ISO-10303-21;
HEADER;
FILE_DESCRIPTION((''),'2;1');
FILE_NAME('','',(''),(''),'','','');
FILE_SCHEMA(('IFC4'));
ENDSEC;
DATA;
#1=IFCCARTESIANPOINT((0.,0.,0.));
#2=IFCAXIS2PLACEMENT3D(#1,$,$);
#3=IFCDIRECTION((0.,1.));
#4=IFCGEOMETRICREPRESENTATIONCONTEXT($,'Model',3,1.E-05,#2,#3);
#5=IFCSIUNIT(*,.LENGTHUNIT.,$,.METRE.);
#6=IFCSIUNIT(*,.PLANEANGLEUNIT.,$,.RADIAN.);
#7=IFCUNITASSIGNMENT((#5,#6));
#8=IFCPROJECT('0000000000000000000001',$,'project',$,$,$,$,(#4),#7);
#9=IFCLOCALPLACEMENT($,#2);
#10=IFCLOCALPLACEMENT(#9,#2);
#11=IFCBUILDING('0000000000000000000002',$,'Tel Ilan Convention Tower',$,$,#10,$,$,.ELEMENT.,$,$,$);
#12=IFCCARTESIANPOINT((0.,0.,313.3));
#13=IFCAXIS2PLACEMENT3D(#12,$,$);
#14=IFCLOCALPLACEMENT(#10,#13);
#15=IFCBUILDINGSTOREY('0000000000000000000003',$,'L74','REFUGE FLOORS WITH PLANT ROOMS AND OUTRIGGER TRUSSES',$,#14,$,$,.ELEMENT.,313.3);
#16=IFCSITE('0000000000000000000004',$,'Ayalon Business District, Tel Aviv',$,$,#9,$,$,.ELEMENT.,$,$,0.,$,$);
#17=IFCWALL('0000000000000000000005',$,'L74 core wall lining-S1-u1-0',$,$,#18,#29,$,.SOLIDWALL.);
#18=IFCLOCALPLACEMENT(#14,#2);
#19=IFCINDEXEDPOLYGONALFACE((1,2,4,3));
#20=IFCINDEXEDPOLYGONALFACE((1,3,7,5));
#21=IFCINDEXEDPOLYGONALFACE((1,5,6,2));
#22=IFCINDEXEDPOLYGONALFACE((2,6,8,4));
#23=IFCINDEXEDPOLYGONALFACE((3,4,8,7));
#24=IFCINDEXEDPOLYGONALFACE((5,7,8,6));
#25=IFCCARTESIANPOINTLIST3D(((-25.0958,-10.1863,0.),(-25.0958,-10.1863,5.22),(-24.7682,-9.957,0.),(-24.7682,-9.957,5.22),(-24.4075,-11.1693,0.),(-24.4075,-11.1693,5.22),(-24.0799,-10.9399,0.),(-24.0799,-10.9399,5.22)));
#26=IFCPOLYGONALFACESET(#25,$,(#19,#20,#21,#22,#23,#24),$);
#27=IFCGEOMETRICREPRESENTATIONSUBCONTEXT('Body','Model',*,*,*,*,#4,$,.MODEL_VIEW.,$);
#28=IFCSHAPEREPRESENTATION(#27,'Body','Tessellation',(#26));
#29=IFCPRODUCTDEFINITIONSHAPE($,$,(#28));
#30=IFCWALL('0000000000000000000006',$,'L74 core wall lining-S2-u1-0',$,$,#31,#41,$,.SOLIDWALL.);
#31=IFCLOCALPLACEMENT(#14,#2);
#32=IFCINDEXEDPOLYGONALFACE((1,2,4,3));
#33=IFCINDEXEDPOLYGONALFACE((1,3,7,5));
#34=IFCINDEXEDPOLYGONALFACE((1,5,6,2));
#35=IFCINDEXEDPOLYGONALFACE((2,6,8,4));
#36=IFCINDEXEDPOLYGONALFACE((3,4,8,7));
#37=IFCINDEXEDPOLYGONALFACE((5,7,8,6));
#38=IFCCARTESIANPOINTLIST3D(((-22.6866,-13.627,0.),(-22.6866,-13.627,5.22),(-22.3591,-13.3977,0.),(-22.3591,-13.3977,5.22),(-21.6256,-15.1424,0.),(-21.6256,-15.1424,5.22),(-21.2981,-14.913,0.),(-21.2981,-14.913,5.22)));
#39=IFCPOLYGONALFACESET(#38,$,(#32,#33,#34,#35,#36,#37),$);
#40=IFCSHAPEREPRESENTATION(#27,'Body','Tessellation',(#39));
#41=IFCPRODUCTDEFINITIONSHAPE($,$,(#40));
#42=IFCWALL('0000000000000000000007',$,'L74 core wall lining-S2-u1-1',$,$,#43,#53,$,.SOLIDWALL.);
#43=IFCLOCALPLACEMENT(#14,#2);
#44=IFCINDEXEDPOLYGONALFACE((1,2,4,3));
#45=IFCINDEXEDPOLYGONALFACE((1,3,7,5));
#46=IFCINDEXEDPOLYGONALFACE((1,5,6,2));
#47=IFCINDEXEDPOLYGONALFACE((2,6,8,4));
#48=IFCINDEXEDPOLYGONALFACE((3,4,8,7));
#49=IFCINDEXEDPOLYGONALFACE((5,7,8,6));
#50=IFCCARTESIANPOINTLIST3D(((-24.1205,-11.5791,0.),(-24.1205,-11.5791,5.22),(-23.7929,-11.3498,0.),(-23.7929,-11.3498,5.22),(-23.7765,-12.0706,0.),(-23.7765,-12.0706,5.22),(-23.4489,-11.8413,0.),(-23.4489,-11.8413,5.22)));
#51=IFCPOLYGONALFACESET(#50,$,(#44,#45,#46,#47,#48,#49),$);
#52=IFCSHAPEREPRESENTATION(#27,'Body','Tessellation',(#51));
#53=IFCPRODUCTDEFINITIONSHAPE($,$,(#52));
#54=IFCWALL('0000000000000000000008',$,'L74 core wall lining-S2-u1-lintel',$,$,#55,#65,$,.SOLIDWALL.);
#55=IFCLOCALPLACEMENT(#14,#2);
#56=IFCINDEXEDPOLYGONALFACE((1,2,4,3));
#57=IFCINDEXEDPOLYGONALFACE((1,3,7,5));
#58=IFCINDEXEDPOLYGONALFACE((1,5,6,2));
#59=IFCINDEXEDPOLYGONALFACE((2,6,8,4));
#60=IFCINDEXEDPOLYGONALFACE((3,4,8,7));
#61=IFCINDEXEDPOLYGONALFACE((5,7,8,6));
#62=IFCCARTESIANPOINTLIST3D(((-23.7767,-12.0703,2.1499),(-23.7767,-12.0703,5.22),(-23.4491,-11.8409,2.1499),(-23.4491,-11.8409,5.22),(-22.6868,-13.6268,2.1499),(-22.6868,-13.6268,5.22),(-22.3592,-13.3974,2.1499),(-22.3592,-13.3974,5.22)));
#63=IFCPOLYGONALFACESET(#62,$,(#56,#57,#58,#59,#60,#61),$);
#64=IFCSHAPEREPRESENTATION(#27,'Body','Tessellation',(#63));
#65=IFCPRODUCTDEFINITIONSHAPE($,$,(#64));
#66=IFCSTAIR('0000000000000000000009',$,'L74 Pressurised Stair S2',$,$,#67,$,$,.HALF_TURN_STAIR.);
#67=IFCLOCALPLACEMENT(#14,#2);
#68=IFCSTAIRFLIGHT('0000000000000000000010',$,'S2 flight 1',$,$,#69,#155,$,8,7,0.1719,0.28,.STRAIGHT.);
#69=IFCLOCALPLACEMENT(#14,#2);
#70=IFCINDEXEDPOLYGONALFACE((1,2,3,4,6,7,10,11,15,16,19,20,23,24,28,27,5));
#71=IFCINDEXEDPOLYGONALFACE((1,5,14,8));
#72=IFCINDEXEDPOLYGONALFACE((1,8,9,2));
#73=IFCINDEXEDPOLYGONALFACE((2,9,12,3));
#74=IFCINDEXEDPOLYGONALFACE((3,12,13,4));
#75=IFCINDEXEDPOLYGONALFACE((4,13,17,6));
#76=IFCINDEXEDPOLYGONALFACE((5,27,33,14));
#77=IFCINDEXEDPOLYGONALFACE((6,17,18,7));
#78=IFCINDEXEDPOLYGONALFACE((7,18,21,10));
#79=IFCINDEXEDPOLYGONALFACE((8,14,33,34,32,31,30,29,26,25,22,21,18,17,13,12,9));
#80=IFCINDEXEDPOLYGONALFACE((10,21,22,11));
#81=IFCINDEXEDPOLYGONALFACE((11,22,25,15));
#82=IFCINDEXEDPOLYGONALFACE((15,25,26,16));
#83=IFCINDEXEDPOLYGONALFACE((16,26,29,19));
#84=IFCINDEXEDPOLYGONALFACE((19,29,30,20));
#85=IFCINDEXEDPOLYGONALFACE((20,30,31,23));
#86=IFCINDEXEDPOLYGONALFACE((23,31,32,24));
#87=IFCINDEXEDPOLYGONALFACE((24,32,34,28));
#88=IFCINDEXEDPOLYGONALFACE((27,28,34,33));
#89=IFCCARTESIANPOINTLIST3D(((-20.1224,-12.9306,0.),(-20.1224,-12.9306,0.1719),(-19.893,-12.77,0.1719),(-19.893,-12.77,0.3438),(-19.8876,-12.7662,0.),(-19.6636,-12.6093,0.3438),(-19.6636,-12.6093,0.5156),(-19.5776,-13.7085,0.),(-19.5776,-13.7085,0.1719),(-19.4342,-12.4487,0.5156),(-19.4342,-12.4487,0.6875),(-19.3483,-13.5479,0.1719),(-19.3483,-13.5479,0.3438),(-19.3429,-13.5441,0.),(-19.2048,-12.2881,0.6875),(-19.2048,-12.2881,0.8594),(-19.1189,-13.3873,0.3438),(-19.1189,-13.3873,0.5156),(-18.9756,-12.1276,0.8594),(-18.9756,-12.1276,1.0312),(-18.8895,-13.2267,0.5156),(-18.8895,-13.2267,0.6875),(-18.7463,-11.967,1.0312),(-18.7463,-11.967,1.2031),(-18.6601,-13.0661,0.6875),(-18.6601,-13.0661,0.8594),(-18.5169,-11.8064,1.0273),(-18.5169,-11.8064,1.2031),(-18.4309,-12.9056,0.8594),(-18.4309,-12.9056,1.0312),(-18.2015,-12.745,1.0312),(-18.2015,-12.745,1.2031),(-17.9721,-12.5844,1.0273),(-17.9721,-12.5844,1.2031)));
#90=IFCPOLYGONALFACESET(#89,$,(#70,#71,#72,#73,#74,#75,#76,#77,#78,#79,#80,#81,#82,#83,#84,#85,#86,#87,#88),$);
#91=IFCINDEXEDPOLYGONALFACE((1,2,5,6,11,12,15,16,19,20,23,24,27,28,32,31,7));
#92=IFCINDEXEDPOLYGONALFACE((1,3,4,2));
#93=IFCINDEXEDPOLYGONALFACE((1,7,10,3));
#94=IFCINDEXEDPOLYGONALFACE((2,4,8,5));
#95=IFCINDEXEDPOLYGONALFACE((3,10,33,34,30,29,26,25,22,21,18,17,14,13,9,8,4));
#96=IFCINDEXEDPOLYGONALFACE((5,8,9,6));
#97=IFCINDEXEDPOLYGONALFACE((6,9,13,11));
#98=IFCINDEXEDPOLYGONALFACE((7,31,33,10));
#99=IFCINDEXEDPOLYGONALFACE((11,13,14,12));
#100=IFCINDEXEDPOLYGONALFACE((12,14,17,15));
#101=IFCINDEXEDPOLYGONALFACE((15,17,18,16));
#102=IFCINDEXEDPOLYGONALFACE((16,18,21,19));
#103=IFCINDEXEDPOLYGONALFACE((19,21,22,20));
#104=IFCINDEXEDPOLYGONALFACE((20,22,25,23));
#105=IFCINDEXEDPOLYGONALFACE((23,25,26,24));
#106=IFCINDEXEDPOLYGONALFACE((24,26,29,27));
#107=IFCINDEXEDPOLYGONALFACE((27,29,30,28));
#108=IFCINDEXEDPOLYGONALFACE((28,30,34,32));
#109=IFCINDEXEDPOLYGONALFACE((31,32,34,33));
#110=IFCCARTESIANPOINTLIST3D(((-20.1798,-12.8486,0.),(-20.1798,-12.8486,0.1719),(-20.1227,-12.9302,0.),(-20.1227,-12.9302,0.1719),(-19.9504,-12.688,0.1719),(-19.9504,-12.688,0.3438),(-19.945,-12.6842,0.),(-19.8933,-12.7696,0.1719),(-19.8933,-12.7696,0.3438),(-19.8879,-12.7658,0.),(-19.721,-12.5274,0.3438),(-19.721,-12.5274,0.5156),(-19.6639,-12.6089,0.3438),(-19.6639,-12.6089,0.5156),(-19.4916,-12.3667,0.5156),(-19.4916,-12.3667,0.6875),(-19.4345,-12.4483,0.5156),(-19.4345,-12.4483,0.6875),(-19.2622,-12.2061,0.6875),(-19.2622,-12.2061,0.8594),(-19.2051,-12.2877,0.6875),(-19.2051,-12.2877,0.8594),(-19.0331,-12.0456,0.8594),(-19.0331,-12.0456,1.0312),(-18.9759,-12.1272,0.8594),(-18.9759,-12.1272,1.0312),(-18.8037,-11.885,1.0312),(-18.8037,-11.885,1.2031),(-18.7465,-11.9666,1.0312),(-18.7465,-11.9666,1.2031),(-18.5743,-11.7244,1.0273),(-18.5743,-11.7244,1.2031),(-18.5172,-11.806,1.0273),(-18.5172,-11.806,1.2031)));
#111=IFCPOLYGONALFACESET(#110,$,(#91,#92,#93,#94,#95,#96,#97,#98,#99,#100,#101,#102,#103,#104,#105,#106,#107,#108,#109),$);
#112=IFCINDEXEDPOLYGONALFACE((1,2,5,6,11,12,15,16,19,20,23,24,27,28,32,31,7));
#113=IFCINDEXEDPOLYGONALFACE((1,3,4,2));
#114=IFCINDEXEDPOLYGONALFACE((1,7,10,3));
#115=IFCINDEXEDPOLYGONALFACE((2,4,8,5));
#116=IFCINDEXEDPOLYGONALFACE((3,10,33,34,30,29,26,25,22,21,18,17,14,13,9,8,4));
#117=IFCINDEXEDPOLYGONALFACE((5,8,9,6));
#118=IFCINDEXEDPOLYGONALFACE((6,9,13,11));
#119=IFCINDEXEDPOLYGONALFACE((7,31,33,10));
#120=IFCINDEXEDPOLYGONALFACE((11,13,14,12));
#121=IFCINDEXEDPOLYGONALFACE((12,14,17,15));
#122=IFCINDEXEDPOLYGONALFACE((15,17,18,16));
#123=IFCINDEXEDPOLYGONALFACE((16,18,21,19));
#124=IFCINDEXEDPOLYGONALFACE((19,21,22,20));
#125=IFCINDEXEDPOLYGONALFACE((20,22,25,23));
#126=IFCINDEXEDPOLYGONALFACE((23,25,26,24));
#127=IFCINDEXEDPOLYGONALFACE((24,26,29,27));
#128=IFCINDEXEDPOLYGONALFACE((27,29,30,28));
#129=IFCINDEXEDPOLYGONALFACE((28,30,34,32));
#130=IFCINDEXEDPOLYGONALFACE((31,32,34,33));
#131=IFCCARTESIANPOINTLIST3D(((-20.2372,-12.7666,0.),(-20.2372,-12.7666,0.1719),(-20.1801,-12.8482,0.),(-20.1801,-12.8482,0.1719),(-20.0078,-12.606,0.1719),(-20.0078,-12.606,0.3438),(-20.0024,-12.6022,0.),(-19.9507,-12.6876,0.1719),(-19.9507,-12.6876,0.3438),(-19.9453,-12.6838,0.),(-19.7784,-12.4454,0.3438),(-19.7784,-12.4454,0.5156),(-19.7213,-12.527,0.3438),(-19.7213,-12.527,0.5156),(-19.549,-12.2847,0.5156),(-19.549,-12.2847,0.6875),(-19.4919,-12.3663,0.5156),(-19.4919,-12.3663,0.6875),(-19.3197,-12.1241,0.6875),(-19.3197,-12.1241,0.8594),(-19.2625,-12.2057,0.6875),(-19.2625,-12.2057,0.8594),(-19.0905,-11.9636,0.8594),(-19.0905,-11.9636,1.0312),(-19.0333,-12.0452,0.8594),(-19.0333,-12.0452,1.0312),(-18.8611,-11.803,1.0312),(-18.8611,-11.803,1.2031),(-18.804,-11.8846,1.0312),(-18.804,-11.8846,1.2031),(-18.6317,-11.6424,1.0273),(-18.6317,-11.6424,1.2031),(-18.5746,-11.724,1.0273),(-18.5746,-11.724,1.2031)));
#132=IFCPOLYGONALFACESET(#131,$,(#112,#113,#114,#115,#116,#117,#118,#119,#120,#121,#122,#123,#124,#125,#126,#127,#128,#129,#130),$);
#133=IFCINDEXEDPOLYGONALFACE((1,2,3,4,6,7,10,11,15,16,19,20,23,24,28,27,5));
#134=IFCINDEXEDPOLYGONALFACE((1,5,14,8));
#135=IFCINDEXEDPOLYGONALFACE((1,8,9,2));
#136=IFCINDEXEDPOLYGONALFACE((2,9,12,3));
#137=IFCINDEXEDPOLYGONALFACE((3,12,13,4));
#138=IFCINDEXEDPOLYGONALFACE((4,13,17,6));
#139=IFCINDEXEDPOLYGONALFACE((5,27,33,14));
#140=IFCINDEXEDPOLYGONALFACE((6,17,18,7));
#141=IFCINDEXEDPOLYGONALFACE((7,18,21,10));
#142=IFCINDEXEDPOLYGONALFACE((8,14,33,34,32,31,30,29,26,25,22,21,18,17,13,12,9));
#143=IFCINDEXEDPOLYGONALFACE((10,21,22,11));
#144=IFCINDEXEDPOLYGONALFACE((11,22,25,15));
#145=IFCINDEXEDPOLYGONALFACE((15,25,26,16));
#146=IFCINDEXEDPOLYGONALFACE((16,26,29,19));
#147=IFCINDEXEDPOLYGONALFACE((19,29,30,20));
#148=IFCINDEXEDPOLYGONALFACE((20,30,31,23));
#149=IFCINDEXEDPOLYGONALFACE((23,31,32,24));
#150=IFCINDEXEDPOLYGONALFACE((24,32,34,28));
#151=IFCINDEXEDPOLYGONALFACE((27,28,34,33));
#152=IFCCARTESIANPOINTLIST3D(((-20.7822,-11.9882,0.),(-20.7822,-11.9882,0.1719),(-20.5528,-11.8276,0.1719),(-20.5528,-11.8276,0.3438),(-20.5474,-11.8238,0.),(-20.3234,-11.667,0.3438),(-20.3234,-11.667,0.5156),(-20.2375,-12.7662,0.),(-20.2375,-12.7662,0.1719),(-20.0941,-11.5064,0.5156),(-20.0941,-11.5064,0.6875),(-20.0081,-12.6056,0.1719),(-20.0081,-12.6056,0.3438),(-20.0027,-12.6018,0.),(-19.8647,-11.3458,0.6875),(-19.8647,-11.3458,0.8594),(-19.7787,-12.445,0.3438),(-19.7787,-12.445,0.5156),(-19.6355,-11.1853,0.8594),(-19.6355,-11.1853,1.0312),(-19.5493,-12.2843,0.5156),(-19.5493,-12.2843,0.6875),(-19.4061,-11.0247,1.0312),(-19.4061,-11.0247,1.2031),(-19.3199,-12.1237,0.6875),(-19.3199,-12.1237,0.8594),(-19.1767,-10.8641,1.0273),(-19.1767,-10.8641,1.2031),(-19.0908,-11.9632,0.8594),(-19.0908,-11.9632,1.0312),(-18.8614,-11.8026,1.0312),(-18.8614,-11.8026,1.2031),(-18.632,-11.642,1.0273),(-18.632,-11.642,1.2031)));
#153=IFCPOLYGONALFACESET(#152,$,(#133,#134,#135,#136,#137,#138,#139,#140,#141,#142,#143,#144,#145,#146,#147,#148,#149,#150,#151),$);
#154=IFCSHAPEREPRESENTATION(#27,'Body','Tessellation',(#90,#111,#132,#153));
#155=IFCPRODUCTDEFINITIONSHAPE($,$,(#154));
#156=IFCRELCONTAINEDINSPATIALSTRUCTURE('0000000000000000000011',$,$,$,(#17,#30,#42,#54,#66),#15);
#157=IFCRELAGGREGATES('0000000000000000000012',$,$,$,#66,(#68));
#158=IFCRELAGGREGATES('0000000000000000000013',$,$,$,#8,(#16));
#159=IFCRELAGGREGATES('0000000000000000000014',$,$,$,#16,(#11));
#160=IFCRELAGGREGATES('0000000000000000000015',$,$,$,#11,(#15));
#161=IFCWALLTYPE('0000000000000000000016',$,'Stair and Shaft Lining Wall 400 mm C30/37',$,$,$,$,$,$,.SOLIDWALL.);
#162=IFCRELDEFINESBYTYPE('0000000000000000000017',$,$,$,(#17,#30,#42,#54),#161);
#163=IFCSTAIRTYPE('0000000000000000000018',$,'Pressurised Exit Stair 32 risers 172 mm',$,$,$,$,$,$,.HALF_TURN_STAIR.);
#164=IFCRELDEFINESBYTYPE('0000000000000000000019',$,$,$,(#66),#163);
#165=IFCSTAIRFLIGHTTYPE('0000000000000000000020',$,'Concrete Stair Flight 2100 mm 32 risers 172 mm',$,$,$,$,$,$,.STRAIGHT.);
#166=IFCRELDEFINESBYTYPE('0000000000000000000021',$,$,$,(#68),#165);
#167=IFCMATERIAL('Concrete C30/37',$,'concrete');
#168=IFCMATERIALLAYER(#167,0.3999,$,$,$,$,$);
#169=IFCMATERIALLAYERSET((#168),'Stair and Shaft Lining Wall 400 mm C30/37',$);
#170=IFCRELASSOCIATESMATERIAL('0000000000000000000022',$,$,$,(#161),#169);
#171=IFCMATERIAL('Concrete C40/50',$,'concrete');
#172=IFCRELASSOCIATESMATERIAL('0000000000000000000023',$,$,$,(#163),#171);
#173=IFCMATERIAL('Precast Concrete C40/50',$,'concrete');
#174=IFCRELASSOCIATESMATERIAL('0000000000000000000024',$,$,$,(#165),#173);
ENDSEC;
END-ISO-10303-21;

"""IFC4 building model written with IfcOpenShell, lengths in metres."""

from ifc_helpers import new_model, si_unit, direction, frame, frame_2d, origin, place, context, subcontext, project, spatial, polyline, rectangle, outline, extrude, material, layer, layer_set, type_object, element, aggregate, save


model = new_model("IFC4")

# Units and contexts
model_context = context("Model", 3, precision=1e-05, world=origin(), true_north=direction((0.0, 1.0)))
body_context = subcontext(model_context, "Body", "Model", "MODEL_VIEW")
ifc_project = project(units=[si_unit("LENGTHUNIT", "METRE"), si_unit("PLANEANGLEUNIT", "RADIAN")], contexts=[model_context])

# Site, building, storey
site_placement = place(None, origin())
site = spatial("IfcSite", under=ifc_project, at=site_placement, Name="Ayalon Business District, Tel Aviv", CompositionType="ELEMENT", RefElevation=0.0)
building_placement = place(site_placement, origin())
building = spatial("IfcBuilding", under=site, at=building_placement, Name="Tel Ilan Convention Tower", CompositionType="ELEMENT")
storey_placement = place(building_placement, frame((0.0, 0.0, 313.3)))
storey = spatial("IfcBuildingStorey", under=building, at=storey_placement, Name="L74", Description="REFUGE FLOORS WITH PLANT ROOMS AND OUTRIGGER TRUSSES", CompositionType="ELEMENT", Elevation=313.3)

# Walls
ifc_material_1 = material(Name="Concrete C30/37", Category="concrete")
ifc_layer_1 = layer(ifc_material_1, 0.3999)
ifc_layer_set_1 = layer_set([ifc_layer_1], Name="Stair and Shaft Lining Wall 400 mm C30/37")
wall_type_1 = type_object("IfcWallType", Name="Stair and Shaft Lining Wall 400 mm C30/37", PredefinedType="SOLIDWALL", material=ifc_layer_set_1)
wall_1_placement = place(storey_placement, frame((-24.2437, -11.0547, 0.0), z_axis=(0.0, 0.0, 1.0), x_axis=(-0.573572, 0.819155, 0.0)))
element("IfcWall", 1, at=wall_1_placement, inside=storey, type_object=wall_type_1, Name="L74 core wall lining-S1-u1-0", PredefinedType="SOLIDWALL", context=body_context, shape_type="SweptSolid", body=[
    extrude(rectangle(XDim=1.2, YDim=0.3999, at=frame_2d((0.6001, 0.0))), origin(), (0.0, 0.0, 1.0), 5.22),
])
wall_2_placement = place(storey_placement, frame((-21.4619, -15.0276, 0.0), z_axis=(0.0, 0.0, 1.0), x_axis=(-0.57356, 0.819164, 0.0)))
element("IfcWall", 2, at=wall_2_placement, inside=storey, type_object=wall_type_1, Name="L74 core wall lining-S2-u1-0", PredefinedType="SOLIDWALL", context=body_context, shape_type="SweptSolid", body=[
    extrude(rectangle(XDim=1.8499, YDim=0.3999, at=frame_2d((0.9248, 0.0))), origin(), (0.0, 0.0, 1.0), 5.22),
])
wall_3_placement = place(storey_placement, frame((-23.6128, -11.9558, 0.0), z_axis=(0.0, 0.0, 1.0), x_axis=(-0.573435, 0.819251, 0.0)))
element("IfcWall", 3, at=wall_3_placement, inside=storey, type_object=wall_type_1, Name="L74 core wall lining-S2-u1-1", PredefinedType="SOLIDWALL", context=body_context, shape_type="SweptSolid", body=[
    extrude(rectangle(XDim=0.5999, YDim=0.3999, at=frame_2d((0.2998, 0.0))), origin(), (0.0, 0.0, 1.0), 5.22),
])
wall_4_placement = place(storey_placement, frame((-22.5229, -13.5122, 2.1499), z_axis=(0.0, 0.0, 1.0), x_axis=(-0.573592, 0.819141, 0.0)))
element("IfcWall", 4, at=wall_4_placement, inside=storey, type_object=wall_type_1, Name="L74 core wall lining-S2-u1-lintel", PredefinedType="SOLIDWALL", context=body_context, shape_type="SweptSolid", body=[
    extrude(rectangle(XDim=1.9001, YDim=0.3999, at=frame_2d((0.9502, 0.0))), origin(), (0.0, 0.0, 1.0), 3.0701),
])

# Stair, stair flight
ifc_material_2 = material(Name="Concrete C40/50", Category="concrete")
stair_type = type_object("IfcStairType", Name="Pressurised Exit Stair 32 risers 172 mm", PredefinedType="HALF_TURN_STAIR", material=ifc_material_2)
stair_placement = place(storey_placement, origin())
stair = element("IfcStair", 5, at=stair_placement, inside=storey, type_object=stair_type, Name="L74 Pressurised Stair S2", PredefinedType="HALF_TURN_STAIR")
ifc_material_3 = material(Name="Precast Concrete C40/50", Category="concrete")
stair_flight_type = type_object("IfcStairFlightType", Name="Concrete Stair Flight 2100 mm 32 risers 172 mm", PredefinedType="STRAIGHT", material=ifc_material_3)
stair_flight_1_placement = place(storey_placement, frame((-20.1799, -12.8484, 0.0), z_axis=(0.0, 0.0, 1.0), x_axis=(0.819152, 0.573576, 0.0)))
stair_flight_1 = element("IfcStairFlight", 6, at=stair_flight_1_placement, type_object=stair_flight_type, Name="S2 flight 1", NumberOfRisers=8, NumberOfTreads=7, PredefinedType="STRAIGHT", RiserHeight=0.1719, TreadLength=0.28, context=body_context, shape_type="SweptSolid", body=[
    extrude(outline(polyline([(0.0, 0.0), (0.0, 0.1719), (0.28, 0.1719), (0.28, 0.3438), (0.5601, 0.3438), (0.5601, 0.5156), (0.8401, 0.5156), (0.8401, 0.6875), (1.1201, 0.6875), (1.1201, 0.8594), (1.3999, 0.8594), (1.3999, 1.0312), (1.6799, 1.0312), (1.6799, 1.2031), (1.96, 1.2031), (1.96, 1.375), (1.96, 1.0273), (0.2866, 0.0), (0.0, 0.0)])), frame((0.0, -0.1003, 0.0), z_axis=(0.0, -1.0, 0.0), x_axis=(1.0, 0.0, 0.0)), (0.0, 0.0, 1.0), 0.9497),
    extrude(outline(polyline([(0.0, 0.0), (0.0, 0.1719), (0.28, 0.1719), (0.28, 0.3438), (0.5601, 0.3438), (0.5601, 0.5156), (0.8401, 0.5156), (0.8401, 0.6875), (1.1201, 0.6875), (1.1201, 0.8594), (1.3999, 0.8594), (1.3999, 1.0312), (1.6799, 1.0312), (1.6799, 1.2031), (1.96, 1.2031), (1.96, 1.375), (1.96, 1.0273), (0.2866, 0.0), (0.0, 0.0)])), frame((0.0, -0.0002, 0.0), z_axis=(0.0, -1.0, 0.0), x_axis=(1.0, 0.0, 0.0)), (0.0, 0.0, 1.0), 0.0996),
    extrude(outline(polyline([(0.0, 0.0), (0.0, 0.1719), (0.28, 0.1719), (0.28, 0.3438), (0.5601, 0.3438), (0.5601, 0.5156), (0.8401, 0.5156), (0.8401, 0.6875), (1.1201, 0.6875), (1.1201, 0.8594), (1.3999, 0.8594), (1.3999, 1.0312), (1.6799, 1.0312), (1.6799, 1.2031), (1.96, 1.2031), (1.96, 1.375), (1.96, 1.0273), (0.2866, 0.0), (0.0, 0.0)])), frame((0.0, 0.0999, 0.0), z_axis=(0.0, -1.0, 0.0), x_axis=(1.0, 0.0, 0.0)), (0.0, 0.0, 1.0), 0.0996),
    extrude(outline(polyline([(0.0, 0.0), (0.0, 0.1719), (0.28, 0.1719), (0.28, 0.3438), (0.5601, 0.3438), (0.5601, 0.5156), (0.8401, 0.5156), (0.8401, 0.6875), (1.1201, 0.6875), (1.1201, 0.8594), (1.3999, 0.8594), (1.3999, 1.0312), (1.6799, 1.0312), (1.6799, 1.2031), (1.96, 1.2031), (1.96, 1.375), (1.96, 1.0273), (0.2866, 0.0), (0.0, 0.0)])), frame((0.0, 1.05, 0.0), z_axis=(0.0, -1.0, 0.0), x_axis=(1.0, 0.0, 0.0)), (0.0, 0.0, 1.0), 0.9497),
])
aggregate(stair, [stair_flight_1])

save(model, "model.ifc")
